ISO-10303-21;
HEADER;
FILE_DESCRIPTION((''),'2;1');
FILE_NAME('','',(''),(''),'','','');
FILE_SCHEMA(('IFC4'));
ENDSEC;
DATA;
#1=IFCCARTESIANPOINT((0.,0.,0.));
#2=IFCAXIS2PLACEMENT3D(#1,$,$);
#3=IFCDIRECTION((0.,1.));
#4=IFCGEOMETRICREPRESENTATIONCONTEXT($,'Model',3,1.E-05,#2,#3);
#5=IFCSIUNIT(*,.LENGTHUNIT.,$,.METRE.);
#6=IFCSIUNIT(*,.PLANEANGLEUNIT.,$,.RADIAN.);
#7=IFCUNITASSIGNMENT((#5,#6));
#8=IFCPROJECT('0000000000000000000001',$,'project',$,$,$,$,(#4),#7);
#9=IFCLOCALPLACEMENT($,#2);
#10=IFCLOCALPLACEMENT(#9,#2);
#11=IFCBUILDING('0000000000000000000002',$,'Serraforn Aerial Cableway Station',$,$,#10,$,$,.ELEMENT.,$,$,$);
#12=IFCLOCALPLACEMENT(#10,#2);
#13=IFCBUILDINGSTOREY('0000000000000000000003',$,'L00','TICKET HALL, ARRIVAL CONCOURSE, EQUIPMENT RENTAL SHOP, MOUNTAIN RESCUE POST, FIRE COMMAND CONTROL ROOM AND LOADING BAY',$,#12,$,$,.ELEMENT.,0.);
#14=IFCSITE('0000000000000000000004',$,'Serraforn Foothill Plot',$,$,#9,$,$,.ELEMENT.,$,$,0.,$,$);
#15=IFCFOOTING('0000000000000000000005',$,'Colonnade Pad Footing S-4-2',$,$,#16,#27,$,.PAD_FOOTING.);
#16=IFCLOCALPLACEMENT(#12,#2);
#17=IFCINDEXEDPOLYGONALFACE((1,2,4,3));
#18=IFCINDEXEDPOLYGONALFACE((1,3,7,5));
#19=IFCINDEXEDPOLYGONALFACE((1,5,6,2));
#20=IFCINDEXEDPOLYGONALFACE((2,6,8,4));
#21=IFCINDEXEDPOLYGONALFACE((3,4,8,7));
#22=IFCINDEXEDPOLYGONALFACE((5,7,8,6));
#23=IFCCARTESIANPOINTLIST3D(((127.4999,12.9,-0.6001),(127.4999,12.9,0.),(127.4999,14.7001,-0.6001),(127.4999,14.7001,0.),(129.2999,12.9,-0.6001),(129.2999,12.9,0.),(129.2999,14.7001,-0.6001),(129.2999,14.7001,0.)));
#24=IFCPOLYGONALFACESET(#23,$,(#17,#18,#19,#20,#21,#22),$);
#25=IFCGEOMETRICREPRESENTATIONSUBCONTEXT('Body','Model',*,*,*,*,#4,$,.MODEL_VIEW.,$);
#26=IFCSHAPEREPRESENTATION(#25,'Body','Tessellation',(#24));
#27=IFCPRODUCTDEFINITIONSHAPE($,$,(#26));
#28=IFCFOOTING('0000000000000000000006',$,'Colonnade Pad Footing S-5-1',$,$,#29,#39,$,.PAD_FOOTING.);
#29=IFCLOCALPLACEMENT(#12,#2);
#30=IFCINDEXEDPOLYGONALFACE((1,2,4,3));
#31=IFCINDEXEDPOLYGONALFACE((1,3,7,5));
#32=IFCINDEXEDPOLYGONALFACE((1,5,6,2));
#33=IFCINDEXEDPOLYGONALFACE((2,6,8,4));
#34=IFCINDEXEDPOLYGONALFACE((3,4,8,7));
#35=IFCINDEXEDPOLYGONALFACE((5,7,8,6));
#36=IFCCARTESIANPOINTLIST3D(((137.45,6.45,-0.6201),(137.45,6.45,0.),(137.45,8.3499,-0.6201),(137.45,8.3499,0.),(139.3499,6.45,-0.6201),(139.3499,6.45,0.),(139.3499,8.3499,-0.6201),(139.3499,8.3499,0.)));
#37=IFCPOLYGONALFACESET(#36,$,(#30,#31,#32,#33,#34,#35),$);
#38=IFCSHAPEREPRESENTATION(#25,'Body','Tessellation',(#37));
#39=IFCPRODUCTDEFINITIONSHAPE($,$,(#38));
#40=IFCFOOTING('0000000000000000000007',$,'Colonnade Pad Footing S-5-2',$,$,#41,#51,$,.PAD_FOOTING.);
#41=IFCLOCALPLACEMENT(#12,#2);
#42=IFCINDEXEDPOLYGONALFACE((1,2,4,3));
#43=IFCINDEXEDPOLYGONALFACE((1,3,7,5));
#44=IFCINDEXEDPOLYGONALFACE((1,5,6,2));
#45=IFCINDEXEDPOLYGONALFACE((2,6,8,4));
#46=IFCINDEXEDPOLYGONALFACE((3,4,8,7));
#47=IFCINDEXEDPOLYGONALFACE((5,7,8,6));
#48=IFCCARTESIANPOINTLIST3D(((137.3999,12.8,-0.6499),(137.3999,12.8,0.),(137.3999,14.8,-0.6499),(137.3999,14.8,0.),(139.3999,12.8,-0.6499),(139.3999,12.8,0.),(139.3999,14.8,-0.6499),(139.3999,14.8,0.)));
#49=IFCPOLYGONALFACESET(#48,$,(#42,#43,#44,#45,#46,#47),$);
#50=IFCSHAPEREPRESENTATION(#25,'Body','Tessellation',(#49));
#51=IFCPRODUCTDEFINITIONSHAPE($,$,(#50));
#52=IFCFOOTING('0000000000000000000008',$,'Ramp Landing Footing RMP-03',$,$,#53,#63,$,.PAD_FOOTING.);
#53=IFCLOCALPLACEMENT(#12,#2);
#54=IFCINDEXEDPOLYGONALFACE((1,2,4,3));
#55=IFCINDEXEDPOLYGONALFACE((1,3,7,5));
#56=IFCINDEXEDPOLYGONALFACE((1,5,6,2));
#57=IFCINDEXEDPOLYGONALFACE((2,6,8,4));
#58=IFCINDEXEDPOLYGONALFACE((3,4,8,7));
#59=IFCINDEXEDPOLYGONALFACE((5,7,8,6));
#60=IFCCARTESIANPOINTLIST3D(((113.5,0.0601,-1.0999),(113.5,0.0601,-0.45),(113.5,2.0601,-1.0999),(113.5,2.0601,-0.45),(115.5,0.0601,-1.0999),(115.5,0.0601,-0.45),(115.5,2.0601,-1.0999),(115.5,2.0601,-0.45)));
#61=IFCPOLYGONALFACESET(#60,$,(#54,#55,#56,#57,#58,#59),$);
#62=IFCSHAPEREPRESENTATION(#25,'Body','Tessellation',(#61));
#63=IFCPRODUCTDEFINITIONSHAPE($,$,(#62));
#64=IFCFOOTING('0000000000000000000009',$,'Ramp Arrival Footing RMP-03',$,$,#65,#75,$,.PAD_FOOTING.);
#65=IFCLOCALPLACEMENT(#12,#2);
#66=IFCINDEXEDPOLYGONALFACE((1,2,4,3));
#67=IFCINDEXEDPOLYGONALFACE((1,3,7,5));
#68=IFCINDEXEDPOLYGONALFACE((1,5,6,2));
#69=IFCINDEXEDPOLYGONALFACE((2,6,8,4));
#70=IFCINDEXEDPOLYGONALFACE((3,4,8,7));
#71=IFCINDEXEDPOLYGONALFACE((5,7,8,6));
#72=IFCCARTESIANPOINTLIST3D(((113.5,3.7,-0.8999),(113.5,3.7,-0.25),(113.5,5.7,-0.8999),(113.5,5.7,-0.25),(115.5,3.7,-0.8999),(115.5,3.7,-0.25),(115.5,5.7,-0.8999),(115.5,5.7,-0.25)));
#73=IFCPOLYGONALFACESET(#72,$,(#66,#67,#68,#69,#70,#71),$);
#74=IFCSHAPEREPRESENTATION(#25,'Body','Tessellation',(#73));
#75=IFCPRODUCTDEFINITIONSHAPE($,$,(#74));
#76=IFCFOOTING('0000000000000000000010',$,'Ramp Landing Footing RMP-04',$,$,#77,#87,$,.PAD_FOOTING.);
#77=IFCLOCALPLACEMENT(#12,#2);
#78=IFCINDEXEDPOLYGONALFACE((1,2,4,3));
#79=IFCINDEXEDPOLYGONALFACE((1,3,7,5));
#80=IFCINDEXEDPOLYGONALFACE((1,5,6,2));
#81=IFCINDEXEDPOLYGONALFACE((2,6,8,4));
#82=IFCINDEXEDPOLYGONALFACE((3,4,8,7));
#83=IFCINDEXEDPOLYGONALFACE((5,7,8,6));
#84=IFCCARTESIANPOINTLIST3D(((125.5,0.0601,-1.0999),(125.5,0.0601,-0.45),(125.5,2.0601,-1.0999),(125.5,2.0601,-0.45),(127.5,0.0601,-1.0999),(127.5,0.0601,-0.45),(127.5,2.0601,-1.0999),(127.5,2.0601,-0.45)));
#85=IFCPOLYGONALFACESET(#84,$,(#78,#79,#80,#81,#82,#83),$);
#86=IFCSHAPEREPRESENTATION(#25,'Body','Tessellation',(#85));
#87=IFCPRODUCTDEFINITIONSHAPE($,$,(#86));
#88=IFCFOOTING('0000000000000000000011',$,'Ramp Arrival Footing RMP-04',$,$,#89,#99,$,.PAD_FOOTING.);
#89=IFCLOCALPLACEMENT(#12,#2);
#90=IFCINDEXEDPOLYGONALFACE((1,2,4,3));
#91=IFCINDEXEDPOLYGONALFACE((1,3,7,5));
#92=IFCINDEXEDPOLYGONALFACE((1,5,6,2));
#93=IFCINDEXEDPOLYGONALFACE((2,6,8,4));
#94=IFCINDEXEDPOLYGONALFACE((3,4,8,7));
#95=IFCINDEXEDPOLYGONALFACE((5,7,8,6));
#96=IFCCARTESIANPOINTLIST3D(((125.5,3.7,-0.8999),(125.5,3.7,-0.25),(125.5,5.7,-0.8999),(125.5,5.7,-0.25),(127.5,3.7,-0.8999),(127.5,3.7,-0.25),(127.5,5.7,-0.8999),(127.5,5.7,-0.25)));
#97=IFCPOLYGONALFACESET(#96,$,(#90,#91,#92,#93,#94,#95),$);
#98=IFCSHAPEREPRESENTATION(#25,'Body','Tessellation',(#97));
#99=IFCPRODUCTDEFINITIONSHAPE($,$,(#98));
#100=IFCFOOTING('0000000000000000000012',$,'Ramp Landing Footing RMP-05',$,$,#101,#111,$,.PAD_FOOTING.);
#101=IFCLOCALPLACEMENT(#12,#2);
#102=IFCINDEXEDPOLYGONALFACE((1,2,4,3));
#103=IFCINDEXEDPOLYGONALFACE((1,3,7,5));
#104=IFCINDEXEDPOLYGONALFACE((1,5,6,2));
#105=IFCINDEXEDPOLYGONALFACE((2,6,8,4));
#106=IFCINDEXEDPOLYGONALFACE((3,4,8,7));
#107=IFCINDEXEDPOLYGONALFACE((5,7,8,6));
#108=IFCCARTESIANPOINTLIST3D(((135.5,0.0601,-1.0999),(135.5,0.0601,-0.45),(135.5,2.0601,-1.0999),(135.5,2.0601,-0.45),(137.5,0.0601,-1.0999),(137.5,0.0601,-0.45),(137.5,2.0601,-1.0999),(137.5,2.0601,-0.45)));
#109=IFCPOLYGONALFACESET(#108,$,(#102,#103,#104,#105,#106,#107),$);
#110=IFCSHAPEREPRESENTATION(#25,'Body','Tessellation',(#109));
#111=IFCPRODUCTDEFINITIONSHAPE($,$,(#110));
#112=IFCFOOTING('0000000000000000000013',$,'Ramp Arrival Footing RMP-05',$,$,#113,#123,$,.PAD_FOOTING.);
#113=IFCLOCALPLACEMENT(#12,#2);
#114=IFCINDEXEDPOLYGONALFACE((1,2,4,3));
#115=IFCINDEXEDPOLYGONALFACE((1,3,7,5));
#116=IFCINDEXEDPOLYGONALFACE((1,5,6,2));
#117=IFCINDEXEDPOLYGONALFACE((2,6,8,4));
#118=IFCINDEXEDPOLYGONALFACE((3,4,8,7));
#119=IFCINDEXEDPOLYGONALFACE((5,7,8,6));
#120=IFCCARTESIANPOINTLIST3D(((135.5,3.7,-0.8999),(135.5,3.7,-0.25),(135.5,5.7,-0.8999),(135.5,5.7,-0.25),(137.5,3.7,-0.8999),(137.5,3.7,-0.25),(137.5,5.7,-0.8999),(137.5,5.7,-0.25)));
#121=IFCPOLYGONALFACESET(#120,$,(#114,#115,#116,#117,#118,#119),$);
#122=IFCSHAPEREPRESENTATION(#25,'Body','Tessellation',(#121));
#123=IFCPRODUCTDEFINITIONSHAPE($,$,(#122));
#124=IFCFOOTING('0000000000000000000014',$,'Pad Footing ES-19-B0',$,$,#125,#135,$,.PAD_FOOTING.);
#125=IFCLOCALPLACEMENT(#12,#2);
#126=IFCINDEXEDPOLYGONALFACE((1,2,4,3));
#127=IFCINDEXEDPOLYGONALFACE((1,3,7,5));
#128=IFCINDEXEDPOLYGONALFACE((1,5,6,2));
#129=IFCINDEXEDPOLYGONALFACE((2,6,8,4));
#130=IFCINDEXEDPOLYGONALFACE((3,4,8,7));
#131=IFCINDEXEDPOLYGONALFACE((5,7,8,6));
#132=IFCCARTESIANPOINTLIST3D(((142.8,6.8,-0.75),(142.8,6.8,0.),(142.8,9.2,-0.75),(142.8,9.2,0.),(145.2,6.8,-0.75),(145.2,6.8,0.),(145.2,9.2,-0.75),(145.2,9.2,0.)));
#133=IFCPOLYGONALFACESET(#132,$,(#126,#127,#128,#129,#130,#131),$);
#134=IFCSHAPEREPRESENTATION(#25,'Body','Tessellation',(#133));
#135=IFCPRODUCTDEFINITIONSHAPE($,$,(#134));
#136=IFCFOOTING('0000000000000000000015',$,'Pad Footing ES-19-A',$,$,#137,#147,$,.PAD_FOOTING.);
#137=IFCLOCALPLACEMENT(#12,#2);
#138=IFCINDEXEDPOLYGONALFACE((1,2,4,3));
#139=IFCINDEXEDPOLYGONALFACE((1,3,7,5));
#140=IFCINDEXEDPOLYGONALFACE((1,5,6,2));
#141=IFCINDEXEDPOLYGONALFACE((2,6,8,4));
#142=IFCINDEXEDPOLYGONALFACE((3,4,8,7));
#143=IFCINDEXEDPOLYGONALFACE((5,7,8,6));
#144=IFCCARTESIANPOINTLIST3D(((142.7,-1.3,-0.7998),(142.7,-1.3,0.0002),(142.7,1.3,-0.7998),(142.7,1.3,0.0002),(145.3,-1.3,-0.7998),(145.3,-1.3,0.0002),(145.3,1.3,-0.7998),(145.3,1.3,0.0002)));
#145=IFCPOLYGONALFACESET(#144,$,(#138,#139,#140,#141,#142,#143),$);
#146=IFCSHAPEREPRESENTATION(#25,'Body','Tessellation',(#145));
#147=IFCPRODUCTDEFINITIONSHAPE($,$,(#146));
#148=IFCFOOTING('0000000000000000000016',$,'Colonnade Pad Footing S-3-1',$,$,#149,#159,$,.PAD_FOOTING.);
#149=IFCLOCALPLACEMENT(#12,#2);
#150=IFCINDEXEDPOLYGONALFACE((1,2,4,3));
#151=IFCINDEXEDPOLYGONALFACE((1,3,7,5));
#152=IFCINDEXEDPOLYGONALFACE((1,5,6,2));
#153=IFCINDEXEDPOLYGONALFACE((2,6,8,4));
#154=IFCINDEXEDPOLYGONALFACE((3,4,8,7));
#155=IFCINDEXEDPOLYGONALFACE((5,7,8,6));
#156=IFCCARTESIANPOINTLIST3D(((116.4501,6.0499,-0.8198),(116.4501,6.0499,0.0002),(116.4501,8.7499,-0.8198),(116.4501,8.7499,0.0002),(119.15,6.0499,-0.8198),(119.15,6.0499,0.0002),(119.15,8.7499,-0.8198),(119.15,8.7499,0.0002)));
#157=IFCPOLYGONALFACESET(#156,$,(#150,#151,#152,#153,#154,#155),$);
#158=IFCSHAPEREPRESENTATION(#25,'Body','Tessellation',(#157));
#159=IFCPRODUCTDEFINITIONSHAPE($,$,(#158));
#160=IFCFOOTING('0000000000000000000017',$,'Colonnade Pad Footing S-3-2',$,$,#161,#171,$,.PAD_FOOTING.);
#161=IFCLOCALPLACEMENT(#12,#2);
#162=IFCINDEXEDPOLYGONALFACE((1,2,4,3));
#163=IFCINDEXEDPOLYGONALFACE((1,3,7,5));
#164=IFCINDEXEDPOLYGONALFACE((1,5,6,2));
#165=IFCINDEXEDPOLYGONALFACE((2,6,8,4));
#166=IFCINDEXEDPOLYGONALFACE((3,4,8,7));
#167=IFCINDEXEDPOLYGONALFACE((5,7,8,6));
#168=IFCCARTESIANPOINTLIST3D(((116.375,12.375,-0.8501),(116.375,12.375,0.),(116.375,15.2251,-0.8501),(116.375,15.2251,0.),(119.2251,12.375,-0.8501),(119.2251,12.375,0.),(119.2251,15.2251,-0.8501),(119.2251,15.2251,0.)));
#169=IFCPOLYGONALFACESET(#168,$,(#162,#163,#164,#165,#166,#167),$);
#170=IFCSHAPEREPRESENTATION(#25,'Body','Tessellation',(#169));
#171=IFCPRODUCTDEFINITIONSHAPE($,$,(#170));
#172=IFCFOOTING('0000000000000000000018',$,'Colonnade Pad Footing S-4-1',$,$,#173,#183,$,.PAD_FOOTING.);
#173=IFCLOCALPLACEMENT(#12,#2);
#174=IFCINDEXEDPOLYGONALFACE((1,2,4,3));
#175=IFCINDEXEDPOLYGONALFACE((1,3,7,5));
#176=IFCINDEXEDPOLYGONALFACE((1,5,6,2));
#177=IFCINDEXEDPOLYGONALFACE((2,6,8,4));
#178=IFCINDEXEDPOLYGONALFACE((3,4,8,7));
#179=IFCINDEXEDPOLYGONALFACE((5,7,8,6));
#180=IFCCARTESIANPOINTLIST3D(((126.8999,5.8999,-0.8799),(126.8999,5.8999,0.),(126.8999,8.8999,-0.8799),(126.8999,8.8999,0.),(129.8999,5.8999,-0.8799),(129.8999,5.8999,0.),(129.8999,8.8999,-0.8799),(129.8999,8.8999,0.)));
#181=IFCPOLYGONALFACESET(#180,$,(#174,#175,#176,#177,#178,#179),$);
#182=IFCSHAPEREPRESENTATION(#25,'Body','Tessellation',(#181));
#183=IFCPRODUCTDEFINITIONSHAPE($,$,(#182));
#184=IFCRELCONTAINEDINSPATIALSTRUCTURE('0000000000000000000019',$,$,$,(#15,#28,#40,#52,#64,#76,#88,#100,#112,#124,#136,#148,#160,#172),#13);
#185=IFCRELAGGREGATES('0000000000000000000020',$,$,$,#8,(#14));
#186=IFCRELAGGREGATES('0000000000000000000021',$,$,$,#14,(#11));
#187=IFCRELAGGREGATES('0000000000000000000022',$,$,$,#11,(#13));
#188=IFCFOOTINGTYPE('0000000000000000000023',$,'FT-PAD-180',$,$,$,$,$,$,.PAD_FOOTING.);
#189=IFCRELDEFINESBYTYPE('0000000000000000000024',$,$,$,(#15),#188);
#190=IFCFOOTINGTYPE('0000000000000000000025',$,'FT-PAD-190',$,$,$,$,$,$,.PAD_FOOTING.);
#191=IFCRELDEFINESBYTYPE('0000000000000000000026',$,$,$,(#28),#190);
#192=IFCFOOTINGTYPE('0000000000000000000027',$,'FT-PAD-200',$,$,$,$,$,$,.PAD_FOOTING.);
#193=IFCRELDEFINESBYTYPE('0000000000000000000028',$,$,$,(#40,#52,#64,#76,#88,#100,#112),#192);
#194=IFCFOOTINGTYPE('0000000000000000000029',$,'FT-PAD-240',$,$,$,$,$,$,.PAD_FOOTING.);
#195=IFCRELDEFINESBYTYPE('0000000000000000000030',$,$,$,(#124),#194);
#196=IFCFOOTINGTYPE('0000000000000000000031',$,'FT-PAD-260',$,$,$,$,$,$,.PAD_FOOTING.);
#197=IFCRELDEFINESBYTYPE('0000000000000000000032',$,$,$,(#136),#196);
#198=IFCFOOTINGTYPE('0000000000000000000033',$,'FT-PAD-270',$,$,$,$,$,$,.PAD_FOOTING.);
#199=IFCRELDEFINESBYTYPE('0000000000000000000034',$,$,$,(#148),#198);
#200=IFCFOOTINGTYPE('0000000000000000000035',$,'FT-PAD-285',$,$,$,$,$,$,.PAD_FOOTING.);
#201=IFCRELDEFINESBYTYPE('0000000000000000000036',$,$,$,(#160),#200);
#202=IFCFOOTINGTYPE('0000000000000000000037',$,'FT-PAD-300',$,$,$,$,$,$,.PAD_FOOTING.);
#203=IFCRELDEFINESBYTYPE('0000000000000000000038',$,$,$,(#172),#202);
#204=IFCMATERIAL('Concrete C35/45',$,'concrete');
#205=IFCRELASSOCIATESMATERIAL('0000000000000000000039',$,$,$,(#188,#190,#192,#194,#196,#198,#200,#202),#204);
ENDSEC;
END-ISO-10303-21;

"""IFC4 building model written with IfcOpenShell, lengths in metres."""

from ifc_helpers import new_model, si_unit, direction, frame, origin, origin_2d, place, context, subcontext, project, spatial, rectangle, extrude, material, type_object, element, save


model = new_model("IFC4")

# Units and contexts
model_context = context("Model", 3, precision=1e-05, world=origin(), true_north=direction((0.0, 1.0)))
body_context = subcontext(model_context, "Body", "Model", "MODEL_VIEW")
ifc_project = project(units=[si_unit("LENGTHUNIT", "METRE"), si_unit("PLANEANGLEUNIT", "RADIAN")], contexts=[model_context])

# Site, building, storey
site_placement = place(None, origin())
site = spatial("IfcSite", under=ifc_project, at=site_placement, Name="Serraforn Foothill Plot", CompositionType="ELEMENT", RefElevation=0.0)
building_placement = place(site_placement, origin())
building = spatial("IfcBuilding", under=site, at=building_placement, Name="Serraforn Aerial Cableway Station", CompositionType="ELEMENT")
storey_placement = place(building_placement, origin())
storey = spatial("IfcBuildingStorey", under=building, at=storey_placement, Name="L00", Description="TICKET HALL, ARRIVAL CONCOURSE, EQUIPMENT RENTAL SHOP, MOUNTAIN RESCUE POST, FIRE COMMAND CONTROL ROOM AND LOADING BAY", CompositionType="ELEMENT", Elevation=0.0)

# Footings
ifc_material_1 = material(Name="Concrete C35/45", Category="concrete")
footing_type_1 = type_object("IfcFootingType", Name="FT-PAD-180", PredefinedType="PAD_FOOTING", material=ifc_material_1)
footing_1_placement = place(storey_placement, frame((128.3999, 13.8, -0.6001), z_axis=(0.0, 0.0, 1.0), x_axis=(1.0, 0.0, 0.0)))
element("IfcFooting", 1, at=footing_1_placement, inside=storey, type_object=footing_type_1, Name="Colonnade Pad Footing S-4-2", PredefinedType="PAD_FOOTING", context=body_context, shape_type="SweptSolid", body=[
    extrude(rectangle(XDim=1.8, YDim=1.8, at=origin_2d()), origin(), (0.0, 0.0, 1.0), 0.6001),
])
footing_type_2 = type_object("IfcFootingType", Name="FT-PAD-190", PredefinedType="PAD_FOOTING", material=ifc_material_1)
footing_2_placement = place(storey_placement, frame((138.3999, 7.3999, -0.6201), z_axis=(0.0, 0.0, 1.0), x_axis=(1.0, 0.0, 0.0)))
element("IfcFooting", 2, at=footing_2_placement, inside=storey, type_object=footing_type_2, Name="Colonnade Pad Footing S-5-1", PredefinedType="PAD_FOOTING", context=body_context, shape_type="SweptSolid", body=[
    extrude(rectangle(XDim=1.8999, YDim=1.8999, at=origin_2d()), origin(), (0.0, 0.0, 1.0), 0.6201),
])
footing_type_3 = type_object("IfcFootingType", Name="FT-PAD-200", PredefinedType="PAD_FOOTING", material=ifc_material_1)
for number, where, z_axis, x_axis, name in (
    (3, (138.3999, 13.8, -0.6499), (0.0, 0.0, 1.0), (1.0, 0.0, 0.0), "Colonnade Pad Footing S-5-2"),
    (4, (114.5, 1.0601, -1.0999), (0.0, 0.0, 1.0), (1.0, 0.0, 0.0), "Ramp Landing Footing RMP-03"),
    (5, (114.5, 4.7, -0.8999), (0.0, 0.0, 1.0), (1.0, 0.0, 0.0), "Ramp Arrival Footing RMP-03"),
    (6, (126.5, 1.0601, -1.0999), (0.0, 0.0, 1.0), (1.0, 0.0, 0.0), "Ramp Landing Footing RMP-04"),
    (7, (126.5, 4.7, -0.8999), (0.0, 0.0, 1.0), (1.0, 0.0, 0.0), "Ramp Arrival Footing RMP-04"),
    (8, (136.5, 1.0601, -1.0999), (0.0, 0.0, 1.0), (1.0, 0.0, 0.0), "Ramp Landing Footing RMP-05"),
    (9, (136.5, 4.7, -0.8999), (0.0, 0.0, 1.0), (1.0, 0.0, 0.0), "Ramp Arrival Footing RMP-05"),
):
    element("IfcFooting", number, at=place(storey_placement, frame(where, z_axis=z_axis, x_axis=x_axis)), inside=storey, type_object=footing_type_3, Name=name, PredefinedType="PAD_FOOTING", context=body_context, shape_type="SweptSolid", body=[
        extrude(rectangle(XDim=2.0, YDim=2.0, at=origin_2d()), origin(), (0.0, 0.0, 1.0), 0.6499),
    ])
footing_type_4 = type_object("IfcFootingType", Name="FT-PAD-240", PredefinedType="PAD_FOOTING", material=ifc_material_1)
footing_3_placement = place(storey_placement, frame((144.0, 8.0, -0.75), z_axis=(0.0, 0.0, 1.0), x_axis=(1.0, 0.0, 0.0)))
element("IfcFooting", 10, at=footing_3_placement, inside=storey, type_object=footing_type_4, Name="Pad Footing ES-19-B0", PredefinedType="PAD_FOOTING", context=body_context, shape_type="SweptSolid", body=[
    extrude(rectangle(XDim=2.3999, YDim=2.3999, at=origin_2d()), origin(), (0.0, 0.0, 1.0), 0.75),
])
footing_type_5 = type_object("IfcFootingType", Name="FT-PAD-260", PredefinedType="PAD_FOOTING", material=ifc_material_1)
footing_4_placement = place(storey_placement, frame((144.0, 0.0, -0.7998), z_axis=(0.0, 0.0, 1.0), x_axis=(1.0, 0.0, 0.0)))
element("IfcFooting", 11, at=footing_4_placement, inside=storey, type_object=footing_type_5, Name="Pad Footing ES-19-A", PredefinedType="PAD_FOOTING", context=body_context, shape_type="SweptSolid", body=[
    extrude(rectangle(XDim=2.6001, YDim=2.6001, at=origin_2d()), origin(), (0.0, 0.0, 1.0), 0.8),
])
footing_type_6 = type_object("IfcFootingType", Name="FT-PAD-270", PredefinedType="PAD_FOOTING", material=ifc_material_1)
footing_5_placement = place(storey_placement, frame((117.8, 7.3999, -0.8198), z_axis=(0.0, 0.0, 1.0), x_axis=(1.0, 0.0, 0.0)))
element("IfcFooting", 12, at=footing_5_placement, inside=storey, type_object=footing_type_6, Name="Colonnade Pad Footing S-3-1", PredefinedType="PAD_FOOTING", context=body_context, shape_type="SweptSolid", body=[
    extrude(rectangle(XDim=2.7, YDim=2.7, at=origin_2d()), origin(), (0.0, 0.0, 1.0), 0.8201),
])
footing_type_7 = type_object("IfcFootingType", Name="FT-PAD-285", PredefinedType="PAD_FOOTING", material=ifc_material_1)
footing_6_placement = place(storey_placement, frame((117.8, 13.8, -0.8501), z_axis=(0.0, 0.0, 1.0), x_axis=(1.0, 0.0, 0.0)))
element("IfcFooting", 13, at=footing_6_placement, inside=storey, type_object=footing_type_7, Name="Colonnade Pad Footing S-3-2", PredefinedType="PAD_FOOTING", context=body_context, shape_type="SweptSolid", body=[
    extrude(rectangle(XDim=2.8501, YDim=2.8501, at=origin_2d()), origin(), (0.0, 0.0, 1.0), 0.8501),
])
footing_type_8 = type_object("IfcFootingType", Name="FT-PAD-300", PredefinedType="PAD_FOOTING", material=ifc_material_1)
footing_7_placement = place(storey_placement, frame((128.3999, 7.3999, -0.8799), z_axis=(0.0, 0.0, 1.0), x_axis=(1.0, 0.0, 0.0)))
element("IfcFooting", 14, at=footing_7_placement, inside=storey, type_object=footing_type_8, Name="Colonnade Pad Footing S-4-1", PredefinedType="PAD_FOOTING", context=body_context, shape_type="SweptSolid", body=[
    extrude(rectangle(XDim=3.0, YDim=3.0, at=origin_2d()), origin(), (0.0, 0.0, 1.0), 0.8799),
])

save(model, "model.ifc")
